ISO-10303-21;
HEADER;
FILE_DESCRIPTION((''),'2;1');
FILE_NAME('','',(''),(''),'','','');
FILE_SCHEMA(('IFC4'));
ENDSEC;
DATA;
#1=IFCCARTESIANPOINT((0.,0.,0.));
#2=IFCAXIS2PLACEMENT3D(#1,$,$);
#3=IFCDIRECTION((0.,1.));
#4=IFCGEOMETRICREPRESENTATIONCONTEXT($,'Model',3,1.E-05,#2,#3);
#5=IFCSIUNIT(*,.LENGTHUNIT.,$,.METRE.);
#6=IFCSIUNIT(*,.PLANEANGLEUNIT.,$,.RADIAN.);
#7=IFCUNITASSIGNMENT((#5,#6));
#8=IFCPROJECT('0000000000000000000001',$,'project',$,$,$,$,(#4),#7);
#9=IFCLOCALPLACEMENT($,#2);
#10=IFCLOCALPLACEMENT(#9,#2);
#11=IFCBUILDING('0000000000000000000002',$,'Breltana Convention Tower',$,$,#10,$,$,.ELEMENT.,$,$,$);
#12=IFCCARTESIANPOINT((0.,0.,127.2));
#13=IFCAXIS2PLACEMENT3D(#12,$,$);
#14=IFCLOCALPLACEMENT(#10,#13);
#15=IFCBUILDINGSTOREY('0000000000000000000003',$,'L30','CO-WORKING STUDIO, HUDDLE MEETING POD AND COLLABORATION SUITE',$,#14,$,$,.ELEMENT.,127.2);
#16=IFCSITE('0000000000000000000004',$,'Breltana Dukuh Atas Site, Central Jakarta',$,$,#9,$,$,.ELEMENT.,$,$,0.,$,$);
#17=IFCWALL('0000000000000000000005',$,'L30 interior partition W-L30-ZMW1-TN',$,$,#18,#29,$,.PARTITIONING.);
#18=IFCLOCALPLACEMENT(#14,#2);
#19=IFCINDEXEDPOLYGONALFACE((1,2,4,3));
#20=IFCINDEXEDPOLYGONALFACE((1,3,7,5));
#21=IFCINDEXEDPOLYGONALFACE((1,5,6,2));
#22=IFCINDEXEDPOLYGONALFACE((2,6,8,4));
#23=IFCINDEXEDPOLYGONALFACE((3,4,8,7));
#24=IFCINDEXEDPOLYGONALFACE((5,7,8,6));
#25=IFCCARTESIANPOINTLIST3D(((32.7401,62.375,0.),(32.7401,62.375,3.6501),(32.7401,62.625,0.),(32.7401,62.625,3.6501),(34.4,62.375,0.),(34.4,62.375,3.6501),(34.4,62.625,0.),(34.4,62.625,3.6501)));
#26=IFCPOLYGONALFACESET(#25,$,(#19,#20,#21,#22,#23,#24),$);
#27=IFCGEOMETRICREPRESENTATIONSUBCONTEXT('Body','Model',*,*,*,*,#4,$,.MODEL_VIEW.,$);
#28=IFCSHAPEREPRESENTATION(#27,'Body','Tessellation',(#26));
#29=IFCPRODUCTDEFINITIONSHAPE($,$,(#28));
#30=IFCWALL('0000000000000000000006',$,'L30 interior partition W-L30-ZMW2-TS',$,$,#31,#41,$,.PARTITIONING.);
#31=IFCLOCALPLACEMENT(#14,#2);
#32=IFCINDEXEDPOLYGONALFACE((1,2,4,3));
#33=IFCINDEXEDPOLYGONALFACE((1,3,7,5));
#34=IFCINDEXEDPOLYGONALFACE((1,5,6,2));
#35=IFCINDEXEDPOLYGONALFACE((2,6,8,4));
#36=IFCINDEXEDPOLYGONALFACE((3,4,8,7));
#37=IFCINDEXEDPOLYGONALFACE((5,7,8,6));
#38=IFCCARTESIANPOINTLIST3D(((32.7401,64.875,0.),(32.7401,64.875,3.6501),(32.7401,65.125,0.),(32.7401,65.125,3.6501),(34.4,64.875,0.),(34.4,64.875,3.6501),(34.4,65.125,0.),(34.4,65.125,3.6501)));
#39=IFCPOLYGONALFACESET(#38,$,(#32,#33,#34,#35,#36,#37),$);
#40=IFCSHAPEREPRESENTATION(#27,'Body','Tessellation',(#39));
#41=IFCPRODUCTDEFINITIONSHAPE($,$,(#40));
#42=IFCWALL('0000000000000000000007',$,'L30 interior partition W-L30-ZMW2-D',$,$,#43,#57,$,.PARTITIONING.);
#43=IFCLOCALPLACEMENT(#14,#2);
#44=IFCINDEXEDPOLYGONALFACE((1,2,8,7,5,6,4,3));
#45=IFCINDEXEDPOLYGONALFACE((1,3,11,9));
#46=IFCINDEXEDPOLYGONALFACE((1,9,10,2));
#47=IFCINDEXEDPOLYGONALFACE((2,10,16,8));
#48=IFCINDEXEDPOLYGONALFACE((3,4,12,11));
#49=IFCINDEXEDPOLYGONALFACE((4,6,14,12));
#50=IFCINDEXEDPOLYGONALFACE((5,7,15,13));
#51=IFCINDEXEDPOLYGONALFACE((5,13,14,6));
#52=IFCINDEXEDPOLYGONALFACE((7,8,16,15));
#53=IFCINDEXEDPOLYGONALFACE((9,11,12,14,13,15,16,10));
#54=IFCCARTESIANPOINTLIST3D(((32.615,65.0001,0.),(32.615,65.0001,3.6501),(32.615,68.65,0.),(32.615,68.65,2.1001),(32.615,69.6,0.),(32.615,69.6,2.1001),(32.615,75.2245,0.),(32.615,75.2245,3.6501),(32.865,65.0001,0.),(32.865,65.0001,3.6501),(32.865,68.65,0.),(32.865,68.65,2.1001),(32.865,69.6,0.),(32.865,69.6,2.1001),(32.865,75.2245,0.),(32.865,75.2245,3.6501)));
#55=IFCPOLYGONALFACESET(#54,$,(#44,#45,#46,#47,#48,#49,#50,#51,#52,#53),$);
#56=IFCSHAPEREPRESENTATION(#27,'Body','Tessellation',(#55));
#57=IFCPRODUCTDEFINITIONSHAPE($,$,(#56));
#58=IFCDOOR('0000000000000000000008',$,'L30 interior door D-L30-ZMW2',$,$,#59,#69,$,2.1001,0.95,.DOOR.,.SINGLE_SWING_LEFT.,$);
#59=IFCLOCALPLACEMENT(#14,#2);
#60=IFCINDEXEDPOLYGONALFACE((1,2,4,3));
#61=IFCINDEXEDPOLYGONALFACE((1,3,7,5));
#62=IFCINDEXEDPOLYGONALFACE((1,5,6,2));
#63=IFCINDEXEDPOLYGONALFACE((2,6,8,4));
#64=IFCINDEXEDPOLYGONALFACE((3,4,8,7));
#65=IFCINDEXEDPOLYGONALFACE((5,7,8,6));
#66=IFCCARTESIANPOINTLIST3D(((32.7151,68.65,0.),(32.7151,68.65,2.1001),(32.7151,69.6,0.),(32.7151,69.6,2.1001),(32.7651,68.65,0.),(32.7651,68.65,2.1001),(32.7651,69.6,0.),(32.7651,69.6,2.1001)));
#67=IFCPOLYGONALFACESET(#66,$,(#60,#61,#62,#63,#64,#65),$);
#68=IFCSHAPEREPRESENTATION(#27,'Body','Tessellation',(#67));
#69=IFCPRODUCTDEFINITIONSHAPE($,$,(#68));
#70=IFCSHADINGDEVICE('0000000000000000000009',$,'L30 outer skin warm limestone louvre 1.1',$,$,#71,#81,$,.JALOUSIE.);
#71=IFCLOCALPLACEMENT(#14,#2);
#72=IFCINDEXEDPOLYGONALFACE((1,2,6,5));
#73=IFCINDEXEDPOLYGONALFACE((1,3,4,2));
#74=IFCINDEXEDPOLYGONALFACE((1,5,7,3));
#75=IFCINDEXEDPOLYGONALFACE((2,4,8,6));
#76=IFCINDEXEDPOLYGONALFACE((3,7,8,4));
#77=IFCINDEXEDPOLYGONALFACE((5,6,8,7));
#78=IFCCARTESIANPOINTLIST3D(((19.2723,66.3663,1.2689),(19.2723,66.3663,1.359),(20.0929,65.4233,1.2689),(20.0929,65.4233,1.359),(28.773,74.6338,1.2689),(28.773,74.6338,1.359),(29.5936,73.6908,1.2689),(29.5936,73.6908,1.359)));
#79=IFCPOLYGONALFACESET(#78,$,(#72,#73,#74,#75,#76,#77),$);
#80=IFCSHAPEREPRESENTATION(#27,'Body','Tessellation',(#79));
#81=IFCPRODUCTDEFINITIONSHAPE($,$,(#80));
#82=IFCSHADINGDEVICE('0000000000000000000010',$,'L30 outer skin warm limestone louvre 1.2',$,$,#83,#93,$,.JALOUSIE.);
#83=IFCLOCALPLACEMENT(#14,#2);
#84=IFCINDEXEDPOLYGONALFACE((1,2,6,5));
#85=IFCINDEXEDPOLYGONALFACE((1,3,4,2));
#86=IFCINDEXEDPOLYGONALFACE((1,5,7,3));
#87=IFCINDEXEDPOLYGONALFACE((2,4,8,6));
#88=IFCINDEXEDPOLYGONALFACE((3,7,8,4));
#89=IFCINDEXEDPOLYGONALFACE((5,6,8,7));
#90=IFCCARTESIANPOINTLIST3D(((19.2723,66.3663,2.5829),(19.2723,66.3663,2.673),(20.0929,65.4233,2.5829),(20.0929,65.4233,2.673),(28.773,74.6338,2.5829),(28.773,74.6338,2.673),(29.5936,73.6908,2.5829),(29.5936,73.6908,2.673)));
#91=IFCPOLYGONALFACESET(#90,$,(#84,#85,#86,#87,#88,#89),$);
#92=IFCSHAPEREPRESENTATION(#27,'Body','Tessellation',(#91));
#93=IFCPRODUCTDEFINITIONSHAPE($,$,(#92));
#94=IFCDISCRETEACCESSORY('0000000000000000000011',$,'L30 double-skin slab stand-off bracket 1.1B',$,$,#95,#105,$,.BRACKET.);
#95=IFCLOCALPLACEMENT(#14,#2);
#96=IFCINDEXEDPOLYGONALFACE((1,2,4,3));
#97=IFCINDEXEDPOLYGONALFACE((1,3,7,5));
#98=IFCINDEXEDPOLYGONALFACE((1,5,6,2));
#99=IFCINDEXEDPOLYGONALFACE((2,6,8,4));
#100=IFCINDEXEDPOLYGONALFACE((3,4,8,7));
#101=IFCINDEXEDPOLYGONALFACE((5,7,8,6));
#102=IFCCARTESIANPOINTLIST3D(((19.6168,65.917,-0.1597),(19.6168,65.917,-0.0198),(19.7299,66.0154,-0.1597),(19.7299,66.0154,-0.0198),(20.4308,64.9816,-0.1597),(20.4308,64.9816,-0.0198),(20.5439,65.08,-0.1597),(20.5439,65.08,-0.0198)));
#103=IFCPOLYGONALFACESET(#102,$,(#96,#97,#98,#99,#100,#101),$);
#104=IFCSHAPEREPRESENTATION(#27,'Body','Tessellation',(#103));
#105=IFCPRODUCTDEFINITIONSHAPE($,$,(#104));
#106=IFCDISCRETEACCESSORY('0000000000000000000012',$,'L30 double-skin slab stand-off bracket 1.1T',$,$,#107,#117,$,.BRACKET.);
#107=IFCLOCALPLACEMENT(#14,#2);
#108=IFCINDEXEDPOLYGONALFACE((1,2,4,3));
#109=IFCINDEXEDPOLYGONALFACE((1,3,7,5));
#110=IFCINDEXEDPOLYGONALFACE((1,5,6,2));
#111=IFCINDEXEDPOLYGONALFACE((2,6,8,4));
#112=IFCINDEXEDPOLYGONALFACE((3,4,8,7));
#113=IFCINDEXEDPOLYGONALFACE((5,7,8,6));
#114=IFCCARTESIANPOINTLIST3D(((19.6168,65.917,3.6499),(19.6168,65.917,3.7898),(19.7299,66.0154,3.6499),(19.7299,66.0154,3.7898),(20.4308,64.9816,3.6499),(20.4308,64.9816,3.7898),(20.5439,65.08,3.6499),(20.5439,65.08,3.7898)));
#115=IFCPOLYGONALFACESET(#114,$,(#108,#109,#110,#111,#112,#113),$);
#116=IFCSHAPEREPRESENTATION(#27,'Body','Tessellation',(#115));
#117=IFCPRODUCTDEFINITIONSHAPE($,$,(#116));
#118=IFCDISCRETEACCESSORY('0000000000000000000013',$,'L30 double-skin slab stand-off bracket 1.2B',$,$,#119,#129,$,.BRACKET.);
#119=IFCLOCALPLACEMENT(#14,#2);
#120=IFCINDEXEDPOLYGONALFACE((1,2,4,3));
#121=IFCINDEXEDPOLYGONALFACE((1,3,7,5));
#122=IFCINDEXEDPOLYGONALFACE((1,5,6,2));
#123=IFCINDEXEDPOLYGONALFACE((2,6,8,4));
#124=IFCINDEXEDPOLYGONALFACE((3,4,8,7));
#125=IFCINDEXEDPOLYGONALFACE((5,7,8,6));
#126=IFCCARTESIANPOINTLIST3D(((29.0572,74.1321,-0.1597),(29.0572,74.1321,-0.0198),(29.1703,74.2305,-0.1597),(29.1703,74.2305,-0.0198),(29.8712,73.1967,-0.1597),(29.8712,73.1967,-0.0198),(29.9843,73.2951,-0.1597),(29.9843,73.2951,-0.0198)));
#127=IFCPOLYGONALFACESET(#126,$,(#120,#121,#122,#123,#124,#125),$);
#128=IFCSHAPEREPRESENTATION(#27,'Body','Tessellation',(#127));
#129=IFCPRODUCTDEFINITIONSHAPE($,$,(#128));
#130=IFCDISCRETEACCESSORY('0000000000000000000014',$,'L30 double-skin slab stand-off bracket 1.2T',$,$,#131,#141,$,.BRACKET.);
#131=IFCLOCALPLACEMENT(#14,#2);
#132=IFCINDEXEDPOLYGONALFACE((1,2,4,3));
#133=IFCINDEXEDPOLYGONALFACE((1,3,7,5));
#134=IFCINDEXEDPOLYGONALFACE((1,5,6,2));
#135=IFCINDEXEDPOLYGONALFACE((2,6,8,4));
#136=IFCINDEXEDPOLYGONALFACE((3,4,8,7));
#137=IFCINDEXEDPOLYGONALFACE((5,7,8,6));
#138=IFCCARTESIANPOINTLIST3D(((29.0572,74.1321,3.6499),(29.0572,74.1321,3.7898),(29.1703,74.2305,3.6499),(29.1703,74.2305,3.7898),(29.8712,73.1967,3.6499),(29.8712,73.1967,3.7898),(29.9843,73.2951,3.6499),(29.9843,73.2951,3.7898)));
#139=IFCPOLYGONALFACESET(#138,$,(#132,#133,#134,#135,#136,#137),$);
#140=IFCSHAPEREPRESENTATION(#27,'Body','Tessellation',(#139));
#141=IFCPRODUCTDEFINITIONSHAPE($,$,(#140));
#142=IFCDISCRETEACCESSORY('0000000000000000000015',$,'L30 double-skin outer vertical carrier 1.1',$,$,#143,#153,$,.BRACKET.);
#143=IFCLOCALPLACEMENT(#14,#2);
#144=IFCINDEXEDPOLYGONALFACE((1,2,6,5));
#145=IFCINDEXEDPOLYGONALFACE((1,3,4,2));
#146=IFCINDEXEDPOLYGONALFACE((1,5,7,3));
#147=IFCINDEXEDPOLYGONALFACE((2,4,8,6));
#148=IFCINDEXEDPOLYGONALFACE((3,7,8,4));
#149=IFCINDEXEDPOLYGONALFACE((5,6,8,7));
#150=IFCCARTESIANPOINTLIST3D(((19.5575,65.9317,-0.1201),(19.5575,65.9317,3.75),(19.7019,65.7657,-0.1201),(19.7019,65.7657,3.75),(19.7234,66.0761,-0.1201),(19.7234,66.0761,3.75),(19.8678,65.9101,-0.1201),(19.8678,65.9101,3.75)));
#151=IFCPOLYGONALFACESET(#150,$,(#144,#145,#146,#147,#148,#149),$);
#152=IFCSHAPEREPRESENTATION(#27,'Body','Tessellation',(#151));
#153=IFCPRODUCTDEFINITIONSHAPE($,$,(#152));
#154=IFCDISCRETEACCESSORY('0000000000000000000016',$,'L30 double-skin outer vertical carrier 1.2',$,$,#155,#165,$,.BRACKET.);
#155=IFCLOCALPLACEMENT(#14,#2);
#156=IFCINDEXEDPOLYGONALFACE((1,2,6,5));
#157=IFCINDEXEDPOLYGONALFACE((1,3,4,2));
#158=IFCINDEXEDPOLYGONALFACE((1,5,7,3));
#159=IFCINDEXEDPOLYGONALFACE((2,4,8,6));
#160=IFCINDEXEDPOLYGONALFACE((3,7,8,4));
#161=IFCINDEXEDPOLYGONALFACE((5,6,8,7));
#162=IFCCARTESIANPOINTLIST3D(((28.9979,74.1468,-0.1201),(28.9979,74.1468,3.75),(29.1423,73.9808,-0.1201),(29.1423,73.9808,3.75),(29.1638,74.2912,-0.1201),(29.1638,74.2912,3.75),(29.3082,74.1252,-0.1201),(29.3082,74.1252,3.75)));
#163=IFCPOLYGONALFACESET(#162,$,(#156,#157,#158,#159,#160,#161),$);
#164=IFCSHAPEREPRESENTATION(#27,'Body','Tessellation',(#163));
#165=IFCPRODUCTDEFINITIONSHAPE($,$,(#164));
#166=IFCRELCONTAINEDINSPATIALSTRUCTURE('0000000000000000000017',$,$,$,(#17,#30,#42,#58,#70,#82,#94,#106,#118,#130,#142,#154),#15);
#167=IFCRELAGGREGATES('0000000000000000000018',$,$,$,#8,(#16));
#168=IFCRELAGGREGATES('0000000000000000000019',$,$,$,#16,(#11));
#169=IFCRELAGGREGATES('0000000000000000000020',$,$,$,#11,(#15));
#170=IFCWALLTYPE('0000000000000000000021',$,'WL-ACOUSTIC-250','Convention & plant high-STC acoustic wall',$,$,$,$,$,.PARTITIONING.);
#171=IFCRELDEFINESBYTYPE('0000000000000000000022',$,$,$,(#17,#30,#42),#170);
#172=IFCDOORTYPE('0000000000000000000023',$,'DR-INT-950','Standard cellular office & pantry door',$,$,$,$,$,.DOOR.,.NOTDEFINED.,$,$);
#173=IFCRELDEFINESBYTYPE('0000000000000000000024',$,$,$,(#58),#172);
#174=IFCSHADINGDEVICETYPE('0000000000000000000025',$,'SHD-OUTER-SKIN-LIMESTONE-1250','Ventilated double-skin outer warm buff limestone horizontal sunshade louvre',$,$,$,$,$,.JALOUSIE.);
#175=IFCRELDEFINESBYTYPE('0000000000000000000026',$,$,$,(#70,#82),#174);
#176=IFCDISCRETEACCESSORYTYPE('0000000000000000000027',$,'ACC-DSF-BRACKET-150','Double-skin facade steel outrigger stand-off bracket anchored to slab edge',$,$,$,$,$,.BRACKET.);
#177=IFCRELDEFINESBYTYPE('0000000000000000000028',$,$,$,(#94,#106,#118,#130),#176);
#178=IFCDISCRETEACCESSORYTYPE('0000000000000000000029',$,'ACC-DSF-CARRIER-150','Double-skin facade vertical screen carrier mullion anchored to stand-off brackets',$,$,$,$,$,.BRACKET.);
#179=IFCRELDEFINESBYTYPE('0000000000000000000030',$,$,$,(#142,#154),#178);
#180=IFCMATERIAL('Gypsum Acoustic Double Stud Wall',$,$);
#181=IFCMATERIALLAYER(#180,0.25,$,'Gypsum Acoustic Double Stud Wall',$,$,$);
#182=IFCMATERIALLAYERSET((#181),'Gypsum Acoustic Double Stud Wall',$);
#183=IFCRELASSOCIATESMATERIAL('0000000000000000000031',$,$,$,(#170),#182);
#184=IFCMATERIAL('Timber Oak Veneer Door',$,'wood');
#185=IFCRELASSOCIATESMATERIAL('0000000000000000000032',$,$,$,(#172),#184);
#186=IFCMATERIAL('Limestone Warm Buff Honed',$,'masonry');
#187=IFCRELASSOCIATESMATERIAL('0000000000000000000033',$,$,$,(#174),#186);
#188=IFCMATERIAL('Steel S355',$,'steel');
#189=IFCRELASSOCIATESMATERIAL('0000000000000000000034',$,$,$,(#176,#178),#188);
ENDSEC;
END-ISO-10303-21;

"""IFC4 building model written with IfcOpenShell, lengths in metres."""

from ifc_helpers import new_model, si_unit, direction, frame, frame_2d, origin, origin_2d, place, context, subcontext, project, spatial, rectangle, extrude, source, transform, mapped, material, layer, layer_set, material_profile, profile_set, type_object, type_shapes, element, fill, save


model = new_model("IFC4")

# Units and contexts
model_context = context("Model", 3, precision=1e-05, world=origin(), true_north=direction((0.0, 1.0)))
body_context = subcontext(model_context, "Body", "Model", "MODEL_VIEW")
ifc_project = project(units=[si_unit("LENGTHUNIT", "METRE"), si_unit("PLANEANGLEUNIT", "RADIAN")], contexts=[model_context])

# Site, building, storey
site_placement = place(None, origin())
site = spatial("IfcSite", under=ifc_project, at=site_placement, Name="Breltana Dukuh Atas Site, Central Jakarta", CompositionType="ELEMENT", RefElevation=0.0)
building_placement = place(site_placement, origin())
building = spatial("IfcBuilding", under=site, at=building_placement, Name="Breltana Convention Tower", CompositionType="ELEMENT")
storey_placement = place(building_placement, frame((0.0, 0.0, 127.2)))
storey = spatial("IfcBuildingStorey", under=building, at=storey_placement, Name="L30", Description="CO-WORKING STUDIO, HUDDLE MEETING POD AND COLLABORATION SUITE", CompositionType="ELEMENT", Elevation=127.2)

# Walls
ifc_material_1 = material(Name="Gypsum Acoustic Double Stud Wall")
ifc_layer_1 = layer(ifc_material_1, 0.25, Name="Gypsum Acoustic Double Stud Wall")
ifc_layer_set_1 = layer_set([ifc_layer_1], Name="Gypsum Acoustic Double Stud Wall")
wall_type_1 = type_object("IfcWallType", Name="WL-ACOUSTIC-250", Description="Convention & plant high-STC acoustic wall", PredefinedType="PARTITIONING", material=ifc_layer_set_1)
shared_shape_1 = source(origin(), body_context, "Body", "SweptSolid", [
    extrude(rectangle(XDim=1.6599, YDim=0.25, at=frame_2d((0.8301, 0.0))), origin(), (0.0, 0.0, 1.0), 3.6501),
])
for number, where, z_axis, x_axis, name in (
    (1, (32.74, 62.5, 0.0), (0.0, 0.0, 1.0), (1.0, 0.0, 0.0), "L30 interior partition W-L30-ZMW1-TN"),
    (2, (32.74, 65.0, 0.0), (0.0, 0.0, 1.0), (1.0, 0.0, 0.0), "L30 interior partition W-L30-ZMW2-TS"),
):
    element("IfcWall", number, at=place(storey_placement, frame(where, z_axis=z_axis, x_axis=x_axis)), inside=storey, type_object=wall_type_1, Name=name, PredefinedType="PARTITIONING", context=body_context, shape_type="MappedRepresentation", body=[
        mapped(shared_shape_1, transform((0.0, 0.0, 0.0), scale=1.0)),
    ])

# Wall, opening, door
shared_shape_2 = source(origin(), body_context, "Body", "SweptSolid", [
    extrude(rectangle(XDim=10.2244, YDim=0.25, at=frame_2d((5.1123, 0.0))), origin(), (0.0, 0.0, 1.0), 3.6501),
])
wall_1_placement = place(storey_placement, frame((32.74, 65.0, 0.0), z_axis=(0.0, 0.0, 1.0), x_axis=(0.0, 1.0, 0.0)))
wall_1 = element("IfcWall", 3, at=wall_1_placement, inside=storey, type_object=wall_type_1, Name="L30 interior partition W-L30-ZMW2-D", PredefinedType="PARTITIONING", context=body_context, shape_type="MappedRepresentation", body=[
    mapped(shared_shape_2, transform((0.0, 0.0, 0.0), scale=1.0)),
])
opening_placement = place(wall_1_placement, frame((3.6499, 0.0, 0.0)))
opening = element("IfcOpeningElement", 4, at=opening_placement, cuts=wall_1, PredefinedType="OPENING", context=body_context, shape_type="SweptSolid", body=[
    extrude(rectangle(XDim=0.95, YDim=2.1001, at=frame_2d((0.4751, 1.05))), frame((0.0, 0.135, 0.0), z_axis=(0.0, -1.0, 0.0), x_axis=(1.0, 0.0, 0.0)), (0.0, 0.0, 1.0), 0.27),
])
ifc_material_2 = material(Name="Timber Oak Veneer Door", Category="wood")
door_type = type_object("IfcDoorType", Name="DR-INT-950", Description="Standard cellular office & pantry door", OperationType="NOTDEFINED", PredefinedType="DOOR", material=ifc_material_2)
shared_shape_3 = source(origin(), body_context, "Body", "SweptSolid", [
    extrude(rectangle(XDim=0.95, YDim=2.1001, at=frame_2d((0.4751, 1.05))), frame((0.0, 0.0249, 0.0), z_axis=(0.0, -1.0, 0.0), x_axis=(1.0, 0.0, 0.0)), (0.0, 0.0, 1.0), 0.05),
])
type_shapes(door_type, [shared_shape_3])
door_placement = place(opening_placement, origin())
door = element("IfcDoor", 5, at=door_placement, inside=storey, type_object=door_type, Name="L30 interior door D-L30-ZMW2", OperationType="SINGLE_SWING_LEFT", OverallHeight=2.1001, OverallWidth=0.95, PredefinedType="DOOR", context=body_context, shape_type="MappedRepresentation", body=[
    mapped(shared_shape_3, transform((0.0, 0.0, 0.0), scale=1.0)),
])
fill(opening, door)

# Shading devices
ifc_material_3 = material(Name="Limestone Warm Buff Honed", Category="masonry")
ifc_material_profile_1 = material_profile(ifc_material_3, rectangle(XDim=1.25, YDim=0.0901, at=origin_2d()), Name="STN-LVR-1250X90")
ifc_profile_set_1 = profile_set([ifc_material_profile_1], Name="Limestone Warm Buff Honed")
shading_device_type = type_object("IfcShadingDeviceType", Name="SHD-OUTER-SKIN-LIMESTONE-1250", Description="Ventilated double-skin outer warm buff limestone horizontal sunshade louvre", PredefinedType="JALOUSIE", material=ifc_profile_set_1)
shared_shape_4 = source(origin(), body_context, "Body", "SweptSolid", [
    extrude(rectangle(XDim=1.25, YDim=0.0901, at=origin_2d()), origin(), (0.0, 0.0, 1.0), 12.5942),
])
for number, where, z_axis, x_axis, name in (
    (6, (19.6826, 65.8948, 1.314), (0.754367, 0.656453, 0.0), (-0.656453, 0.754367, 0.0), "L30 outer skin warm limestone louvre 1.1"),
    (7, (19.6826, 65.8948, 2.6279), (0.754367, 0.656453, 0.0), (-0.656453, 0.754367, 0.0), "L30 outer skin warm limestone louvre 1.2"),
):
    element("IfcShadingDevice", number, at=place(storey_placement, frame(where, z_axis=z_axis, x_axis=x_axis)), inside=storey, type_object=shading_device_type, Name=name, PredefinedType="JALOUSIE", context=body_context, shape_type="MappedRepresentation", body=[
        mapped(shared_shape_4, transform((0.0, 0.0, 0.0), scale=1.0)),
    ])

# Discrete accessories
ifc_material_4 = material(Name="Steel S355", Category="steel")
discrete_accessory_type_1 = type_object("IfcDiscreteAccessoryType", Name="ACC-DSF-BRACKET-150", Description="Double-skin facade steel outrigger stand-off bracket anchored to slab edge", PredefinedType="BRACKET", material=ifc_material_4)
shared_shape_5 = source(origin(), body_context, "Body", "SweptSolid", [
    extrude(rectangle(XDim=1.24, YDim=0.1499, at=origin_2d()), origin(), (0.0, 0.0, 1.0), 0.1399),
])
type_shapes(discrete_accessory_type_1, [shared_shape_5])
for number, where, z_axis, x_axis, name in (
    (8, (20.0803, 65.4985, -0.1597), (0.0, 0.0, 1.0), (-0.656454, 0.754366, 0.0), "L30 double-skin slab stand-off bracket 1.1B"),
    (9, (20.0803, 65.4985, 3.6499), (0.0, 0.0, 1.0), (-0.656454, 0.754366, 0.0), "L30 double-skin slab stand-off bracket 1.1T"),
    (10, (29.5208, 73.7136, -0.1597), (0.0, 0.0, 1.0), (-0.656454, 0.754366, 0.0), "L30 double-skin slab stand-off bracket 1.2B"),
    (11, (29.5208, 73.7136, 3.6499), (0.0, 0.0, 1.0), (-0.656454, 0.754366, 0.0), "L30 double-skin slab stand-off bracket 1.2T"),
):
    element("IfcDiscreteAccessory", number, at=place(storey_placement, frame(where, z_axis=z_axis, x_axis=x_axis)), inside=storey, type_object=discrete_accessory_type_1, Name=name, PredefinedType="BRACKET", context=body_context, shape_type="MappedRepresentation", body=[
        mapped(shared_shape_5, transform((0.0, 0.0, 0.0), scale=1.0)),
    ])
discrete_accessory_type_2 = type_object("IfcDiscreteAccessoryType", Name="ACC-DSF-CARRIER-150", Description="Double-skin facade vertical screen carrier mullion anchored to stand-off brackets", PredefinedType="BRACKET", material=ifc_material_4)
shared_shape_6 = source(origin(), body_context, "Body", "SweptSolid", [
    extrude(rectangle(XDim=0.22, YDim=0.22, at=origin_2d()), origin(), (0.0, 0.0, 1.0), 3.8701),
])
for number, where, z_axis, x_axis, name in (
    (12, (19.7126, 65.9209, -0.1201), (0.0, 0.0, 1.0), (-0.656454, 0.754366, 0.0), "L30 double-skin outer vertical carrier 1.1"),
    (13, (29.1531, 74.136, -0.1201), (0.0, 0.0, 1.0), (-0.656454, 0.754366, 0.0), "L30 double-skin outer vertical carrier 1.2"),
):
    element("IfcDiscreteAccessory", number, at=place(storey_placement, frame(where, z_axis=z_axis, x_axis=x_axis)), inside=storey, type_object=discrete_accessory_type_2, Name=name, PredefinedType="BRACKET", context=body_context, shape_type="MappedRepresentation", body=[
        mapped(shared_shape_6, transform((0.0, 0.0, 0.0), scale=1.0)),
    ])

save(model, "model.ifc")
